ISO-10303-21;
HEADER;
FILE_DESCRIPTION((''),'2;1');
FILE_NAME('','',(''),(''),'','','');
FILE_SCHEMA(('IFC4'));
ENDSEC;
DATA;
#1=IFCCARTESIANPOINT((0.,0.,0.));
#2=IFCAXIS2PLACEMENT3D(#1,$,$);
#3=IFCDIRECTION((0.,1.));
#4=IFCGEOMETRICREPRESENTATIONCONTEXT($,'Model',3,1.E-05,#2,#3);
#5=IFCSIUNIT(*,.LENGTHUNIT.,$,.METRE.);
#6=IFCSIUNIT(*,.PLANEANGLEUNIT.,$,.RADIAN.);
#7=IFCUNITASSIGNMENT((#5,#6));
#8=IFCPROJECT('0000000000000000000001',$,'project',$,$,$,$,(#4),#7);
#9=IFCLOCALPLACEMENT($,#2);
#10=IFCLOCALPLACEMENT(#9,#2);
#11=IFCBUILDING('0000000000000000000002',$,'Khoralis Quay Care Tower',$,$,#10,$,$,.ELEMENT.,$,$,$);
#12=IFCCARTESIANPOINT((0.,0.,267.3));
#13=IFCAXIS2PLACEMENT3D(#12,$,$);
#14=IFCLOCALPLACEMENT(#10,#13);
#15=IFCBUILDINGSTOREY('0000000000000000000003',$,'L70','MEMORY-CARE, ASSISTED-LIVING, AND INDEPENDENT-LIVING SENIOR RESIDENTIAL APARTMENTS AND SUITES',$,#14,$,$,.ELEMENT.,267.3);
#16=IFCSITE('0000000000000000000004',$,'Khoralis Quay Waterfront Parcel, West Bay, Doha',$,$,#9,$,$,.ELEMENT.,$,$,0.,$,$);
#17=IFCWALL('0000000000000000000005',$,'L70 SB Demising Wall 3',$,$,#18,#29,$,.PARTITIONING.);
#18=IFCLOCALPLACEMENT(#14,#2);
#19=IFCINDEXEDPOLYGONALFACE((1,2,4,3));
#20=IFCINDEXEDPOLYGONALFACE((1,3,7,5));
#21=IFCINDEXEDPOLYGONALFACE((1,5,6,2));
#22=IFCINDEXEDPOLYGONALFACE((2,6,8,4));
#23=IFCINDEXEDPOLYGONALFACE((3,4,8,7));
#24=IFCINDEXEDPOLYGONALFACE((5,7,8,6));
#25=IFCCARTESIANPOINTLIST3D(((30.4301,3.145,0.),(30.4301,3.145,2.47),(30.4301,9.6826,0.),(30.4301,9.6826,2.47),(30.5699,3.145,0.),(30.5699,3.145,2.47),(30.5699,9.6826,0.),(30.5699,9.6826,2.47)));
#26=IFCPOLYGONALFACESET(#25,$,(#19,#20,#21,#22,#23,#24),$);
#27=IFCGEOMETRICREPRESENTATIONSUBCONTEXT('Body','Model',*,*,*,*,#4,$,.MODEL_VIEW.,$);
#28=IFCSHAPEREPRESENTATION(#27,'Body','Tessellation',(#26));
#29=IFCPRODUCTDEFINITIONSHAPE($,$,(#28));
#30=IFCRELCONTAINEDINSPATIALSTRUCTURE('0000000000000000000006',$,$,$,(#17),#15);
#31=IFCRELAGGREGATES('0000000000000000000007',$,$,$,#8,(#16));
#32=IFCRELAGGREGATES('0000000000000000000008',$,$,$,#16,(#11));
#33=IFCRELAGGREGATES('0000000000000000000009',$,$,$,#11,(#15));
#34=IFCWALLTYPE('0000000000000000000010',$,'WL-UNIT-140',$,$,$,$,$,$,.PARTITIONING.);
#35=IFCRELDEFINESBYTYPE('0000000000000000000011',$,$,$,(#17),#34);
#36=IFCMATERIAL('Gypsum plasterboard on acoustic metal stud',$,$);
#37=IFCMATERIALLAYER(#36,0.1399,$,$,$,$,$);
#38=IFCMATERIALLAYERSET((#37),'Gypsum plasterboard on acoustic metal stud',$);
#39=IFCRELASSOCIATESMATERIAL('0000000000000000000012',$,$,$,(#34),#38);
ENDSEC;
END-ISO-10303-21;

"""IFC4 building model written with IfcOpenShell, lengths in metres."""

from ifc_helpers import new_model, si_unit, direction, frame, frame_2d, origin, place, context, subcontext, project, spatial, rectangle, extrude, material, layer, layer_set, type_object, element, save


model = new_model("IFC4")

# Units and contexts
model_context = context("Model", 3, precision=1e-05, world=origin(), true_north=direction((0.0, 1.0)))
body_context = subcontext(model_context, "Body", "Model", "MODEL_VIEW")
ifc_project = project(units=[si_unit("LENGTHUNIT", "METRE"), si_unit("PLANEANGLEUNIT", "RADIAN")], contexts=[model_context])

# Site, building, storey
site_placement = place(None, origin())
site = spatial("IfcSite", under=ifc_project, at=site_placement, Name="Khoralis Quay Waterfront Parcel, West Bay, Doha", CompositionType="ELEMENT", RefElevation=0.0)
building_placement = place(site_placement, origin())
building = spatial("IfcBuilding", under=site, at=building_placement, Name="Khoralis Quay Care Tower", CompositionType="ELEMENT")
storey_placement = place(building_placement, frame((0.0, 0.0, 267.3)))
storey = spatial("IfcBuildingStorey", under=building, at=storey_placement, Name="L70", Description="MEMORY-CARE, ASSISTED-LIVING, AND INDEPENDENT-LIVING SENIOR RESIDENTIAL APARTMENTS AND SUITES", CompositionType="ELEMENT", Elevation=267.3)

# Shared definitions
ifc_material_1 = material(Name="Gypsum plasterboard on acoustic metal stud")

# Wall
ifc_layer_1 = layer(ifc_material_1, 0.1399)
ifc_layer_set_1 = layer_set([ifc_layer_1], Name="Gypsum plasterboard on acoustic metal stud")
wall_type_1 = type_object("IfcWallType", Name="WL-UNIT-140", PredefinedType="PARTITIONING", material=ifc_layer_set_1)
wall_1_placement = place(storey_placement, frame((30.5, 3.145, 0.0), z_axis=(0.0, 0.0, 1.0), x_axis=(0.0, 1.0, 0.0)))
element("IfcWall", 1, at=wall_1_placement, inside=storey, type_object=wall_type_1, Name="L70 SB Demising Wall 3", PredefinedType="PARTITIONING", context=body_context, shape_type="SweptSolid", body=[
    extrude(rectangle(XDim=6.5376, YDim=0.1399, at=frame_2d((3.2688, 0.0))), origin(), (0.0, 0.0, 1.0), 2.47),
])

save(model, "model.ifc")
